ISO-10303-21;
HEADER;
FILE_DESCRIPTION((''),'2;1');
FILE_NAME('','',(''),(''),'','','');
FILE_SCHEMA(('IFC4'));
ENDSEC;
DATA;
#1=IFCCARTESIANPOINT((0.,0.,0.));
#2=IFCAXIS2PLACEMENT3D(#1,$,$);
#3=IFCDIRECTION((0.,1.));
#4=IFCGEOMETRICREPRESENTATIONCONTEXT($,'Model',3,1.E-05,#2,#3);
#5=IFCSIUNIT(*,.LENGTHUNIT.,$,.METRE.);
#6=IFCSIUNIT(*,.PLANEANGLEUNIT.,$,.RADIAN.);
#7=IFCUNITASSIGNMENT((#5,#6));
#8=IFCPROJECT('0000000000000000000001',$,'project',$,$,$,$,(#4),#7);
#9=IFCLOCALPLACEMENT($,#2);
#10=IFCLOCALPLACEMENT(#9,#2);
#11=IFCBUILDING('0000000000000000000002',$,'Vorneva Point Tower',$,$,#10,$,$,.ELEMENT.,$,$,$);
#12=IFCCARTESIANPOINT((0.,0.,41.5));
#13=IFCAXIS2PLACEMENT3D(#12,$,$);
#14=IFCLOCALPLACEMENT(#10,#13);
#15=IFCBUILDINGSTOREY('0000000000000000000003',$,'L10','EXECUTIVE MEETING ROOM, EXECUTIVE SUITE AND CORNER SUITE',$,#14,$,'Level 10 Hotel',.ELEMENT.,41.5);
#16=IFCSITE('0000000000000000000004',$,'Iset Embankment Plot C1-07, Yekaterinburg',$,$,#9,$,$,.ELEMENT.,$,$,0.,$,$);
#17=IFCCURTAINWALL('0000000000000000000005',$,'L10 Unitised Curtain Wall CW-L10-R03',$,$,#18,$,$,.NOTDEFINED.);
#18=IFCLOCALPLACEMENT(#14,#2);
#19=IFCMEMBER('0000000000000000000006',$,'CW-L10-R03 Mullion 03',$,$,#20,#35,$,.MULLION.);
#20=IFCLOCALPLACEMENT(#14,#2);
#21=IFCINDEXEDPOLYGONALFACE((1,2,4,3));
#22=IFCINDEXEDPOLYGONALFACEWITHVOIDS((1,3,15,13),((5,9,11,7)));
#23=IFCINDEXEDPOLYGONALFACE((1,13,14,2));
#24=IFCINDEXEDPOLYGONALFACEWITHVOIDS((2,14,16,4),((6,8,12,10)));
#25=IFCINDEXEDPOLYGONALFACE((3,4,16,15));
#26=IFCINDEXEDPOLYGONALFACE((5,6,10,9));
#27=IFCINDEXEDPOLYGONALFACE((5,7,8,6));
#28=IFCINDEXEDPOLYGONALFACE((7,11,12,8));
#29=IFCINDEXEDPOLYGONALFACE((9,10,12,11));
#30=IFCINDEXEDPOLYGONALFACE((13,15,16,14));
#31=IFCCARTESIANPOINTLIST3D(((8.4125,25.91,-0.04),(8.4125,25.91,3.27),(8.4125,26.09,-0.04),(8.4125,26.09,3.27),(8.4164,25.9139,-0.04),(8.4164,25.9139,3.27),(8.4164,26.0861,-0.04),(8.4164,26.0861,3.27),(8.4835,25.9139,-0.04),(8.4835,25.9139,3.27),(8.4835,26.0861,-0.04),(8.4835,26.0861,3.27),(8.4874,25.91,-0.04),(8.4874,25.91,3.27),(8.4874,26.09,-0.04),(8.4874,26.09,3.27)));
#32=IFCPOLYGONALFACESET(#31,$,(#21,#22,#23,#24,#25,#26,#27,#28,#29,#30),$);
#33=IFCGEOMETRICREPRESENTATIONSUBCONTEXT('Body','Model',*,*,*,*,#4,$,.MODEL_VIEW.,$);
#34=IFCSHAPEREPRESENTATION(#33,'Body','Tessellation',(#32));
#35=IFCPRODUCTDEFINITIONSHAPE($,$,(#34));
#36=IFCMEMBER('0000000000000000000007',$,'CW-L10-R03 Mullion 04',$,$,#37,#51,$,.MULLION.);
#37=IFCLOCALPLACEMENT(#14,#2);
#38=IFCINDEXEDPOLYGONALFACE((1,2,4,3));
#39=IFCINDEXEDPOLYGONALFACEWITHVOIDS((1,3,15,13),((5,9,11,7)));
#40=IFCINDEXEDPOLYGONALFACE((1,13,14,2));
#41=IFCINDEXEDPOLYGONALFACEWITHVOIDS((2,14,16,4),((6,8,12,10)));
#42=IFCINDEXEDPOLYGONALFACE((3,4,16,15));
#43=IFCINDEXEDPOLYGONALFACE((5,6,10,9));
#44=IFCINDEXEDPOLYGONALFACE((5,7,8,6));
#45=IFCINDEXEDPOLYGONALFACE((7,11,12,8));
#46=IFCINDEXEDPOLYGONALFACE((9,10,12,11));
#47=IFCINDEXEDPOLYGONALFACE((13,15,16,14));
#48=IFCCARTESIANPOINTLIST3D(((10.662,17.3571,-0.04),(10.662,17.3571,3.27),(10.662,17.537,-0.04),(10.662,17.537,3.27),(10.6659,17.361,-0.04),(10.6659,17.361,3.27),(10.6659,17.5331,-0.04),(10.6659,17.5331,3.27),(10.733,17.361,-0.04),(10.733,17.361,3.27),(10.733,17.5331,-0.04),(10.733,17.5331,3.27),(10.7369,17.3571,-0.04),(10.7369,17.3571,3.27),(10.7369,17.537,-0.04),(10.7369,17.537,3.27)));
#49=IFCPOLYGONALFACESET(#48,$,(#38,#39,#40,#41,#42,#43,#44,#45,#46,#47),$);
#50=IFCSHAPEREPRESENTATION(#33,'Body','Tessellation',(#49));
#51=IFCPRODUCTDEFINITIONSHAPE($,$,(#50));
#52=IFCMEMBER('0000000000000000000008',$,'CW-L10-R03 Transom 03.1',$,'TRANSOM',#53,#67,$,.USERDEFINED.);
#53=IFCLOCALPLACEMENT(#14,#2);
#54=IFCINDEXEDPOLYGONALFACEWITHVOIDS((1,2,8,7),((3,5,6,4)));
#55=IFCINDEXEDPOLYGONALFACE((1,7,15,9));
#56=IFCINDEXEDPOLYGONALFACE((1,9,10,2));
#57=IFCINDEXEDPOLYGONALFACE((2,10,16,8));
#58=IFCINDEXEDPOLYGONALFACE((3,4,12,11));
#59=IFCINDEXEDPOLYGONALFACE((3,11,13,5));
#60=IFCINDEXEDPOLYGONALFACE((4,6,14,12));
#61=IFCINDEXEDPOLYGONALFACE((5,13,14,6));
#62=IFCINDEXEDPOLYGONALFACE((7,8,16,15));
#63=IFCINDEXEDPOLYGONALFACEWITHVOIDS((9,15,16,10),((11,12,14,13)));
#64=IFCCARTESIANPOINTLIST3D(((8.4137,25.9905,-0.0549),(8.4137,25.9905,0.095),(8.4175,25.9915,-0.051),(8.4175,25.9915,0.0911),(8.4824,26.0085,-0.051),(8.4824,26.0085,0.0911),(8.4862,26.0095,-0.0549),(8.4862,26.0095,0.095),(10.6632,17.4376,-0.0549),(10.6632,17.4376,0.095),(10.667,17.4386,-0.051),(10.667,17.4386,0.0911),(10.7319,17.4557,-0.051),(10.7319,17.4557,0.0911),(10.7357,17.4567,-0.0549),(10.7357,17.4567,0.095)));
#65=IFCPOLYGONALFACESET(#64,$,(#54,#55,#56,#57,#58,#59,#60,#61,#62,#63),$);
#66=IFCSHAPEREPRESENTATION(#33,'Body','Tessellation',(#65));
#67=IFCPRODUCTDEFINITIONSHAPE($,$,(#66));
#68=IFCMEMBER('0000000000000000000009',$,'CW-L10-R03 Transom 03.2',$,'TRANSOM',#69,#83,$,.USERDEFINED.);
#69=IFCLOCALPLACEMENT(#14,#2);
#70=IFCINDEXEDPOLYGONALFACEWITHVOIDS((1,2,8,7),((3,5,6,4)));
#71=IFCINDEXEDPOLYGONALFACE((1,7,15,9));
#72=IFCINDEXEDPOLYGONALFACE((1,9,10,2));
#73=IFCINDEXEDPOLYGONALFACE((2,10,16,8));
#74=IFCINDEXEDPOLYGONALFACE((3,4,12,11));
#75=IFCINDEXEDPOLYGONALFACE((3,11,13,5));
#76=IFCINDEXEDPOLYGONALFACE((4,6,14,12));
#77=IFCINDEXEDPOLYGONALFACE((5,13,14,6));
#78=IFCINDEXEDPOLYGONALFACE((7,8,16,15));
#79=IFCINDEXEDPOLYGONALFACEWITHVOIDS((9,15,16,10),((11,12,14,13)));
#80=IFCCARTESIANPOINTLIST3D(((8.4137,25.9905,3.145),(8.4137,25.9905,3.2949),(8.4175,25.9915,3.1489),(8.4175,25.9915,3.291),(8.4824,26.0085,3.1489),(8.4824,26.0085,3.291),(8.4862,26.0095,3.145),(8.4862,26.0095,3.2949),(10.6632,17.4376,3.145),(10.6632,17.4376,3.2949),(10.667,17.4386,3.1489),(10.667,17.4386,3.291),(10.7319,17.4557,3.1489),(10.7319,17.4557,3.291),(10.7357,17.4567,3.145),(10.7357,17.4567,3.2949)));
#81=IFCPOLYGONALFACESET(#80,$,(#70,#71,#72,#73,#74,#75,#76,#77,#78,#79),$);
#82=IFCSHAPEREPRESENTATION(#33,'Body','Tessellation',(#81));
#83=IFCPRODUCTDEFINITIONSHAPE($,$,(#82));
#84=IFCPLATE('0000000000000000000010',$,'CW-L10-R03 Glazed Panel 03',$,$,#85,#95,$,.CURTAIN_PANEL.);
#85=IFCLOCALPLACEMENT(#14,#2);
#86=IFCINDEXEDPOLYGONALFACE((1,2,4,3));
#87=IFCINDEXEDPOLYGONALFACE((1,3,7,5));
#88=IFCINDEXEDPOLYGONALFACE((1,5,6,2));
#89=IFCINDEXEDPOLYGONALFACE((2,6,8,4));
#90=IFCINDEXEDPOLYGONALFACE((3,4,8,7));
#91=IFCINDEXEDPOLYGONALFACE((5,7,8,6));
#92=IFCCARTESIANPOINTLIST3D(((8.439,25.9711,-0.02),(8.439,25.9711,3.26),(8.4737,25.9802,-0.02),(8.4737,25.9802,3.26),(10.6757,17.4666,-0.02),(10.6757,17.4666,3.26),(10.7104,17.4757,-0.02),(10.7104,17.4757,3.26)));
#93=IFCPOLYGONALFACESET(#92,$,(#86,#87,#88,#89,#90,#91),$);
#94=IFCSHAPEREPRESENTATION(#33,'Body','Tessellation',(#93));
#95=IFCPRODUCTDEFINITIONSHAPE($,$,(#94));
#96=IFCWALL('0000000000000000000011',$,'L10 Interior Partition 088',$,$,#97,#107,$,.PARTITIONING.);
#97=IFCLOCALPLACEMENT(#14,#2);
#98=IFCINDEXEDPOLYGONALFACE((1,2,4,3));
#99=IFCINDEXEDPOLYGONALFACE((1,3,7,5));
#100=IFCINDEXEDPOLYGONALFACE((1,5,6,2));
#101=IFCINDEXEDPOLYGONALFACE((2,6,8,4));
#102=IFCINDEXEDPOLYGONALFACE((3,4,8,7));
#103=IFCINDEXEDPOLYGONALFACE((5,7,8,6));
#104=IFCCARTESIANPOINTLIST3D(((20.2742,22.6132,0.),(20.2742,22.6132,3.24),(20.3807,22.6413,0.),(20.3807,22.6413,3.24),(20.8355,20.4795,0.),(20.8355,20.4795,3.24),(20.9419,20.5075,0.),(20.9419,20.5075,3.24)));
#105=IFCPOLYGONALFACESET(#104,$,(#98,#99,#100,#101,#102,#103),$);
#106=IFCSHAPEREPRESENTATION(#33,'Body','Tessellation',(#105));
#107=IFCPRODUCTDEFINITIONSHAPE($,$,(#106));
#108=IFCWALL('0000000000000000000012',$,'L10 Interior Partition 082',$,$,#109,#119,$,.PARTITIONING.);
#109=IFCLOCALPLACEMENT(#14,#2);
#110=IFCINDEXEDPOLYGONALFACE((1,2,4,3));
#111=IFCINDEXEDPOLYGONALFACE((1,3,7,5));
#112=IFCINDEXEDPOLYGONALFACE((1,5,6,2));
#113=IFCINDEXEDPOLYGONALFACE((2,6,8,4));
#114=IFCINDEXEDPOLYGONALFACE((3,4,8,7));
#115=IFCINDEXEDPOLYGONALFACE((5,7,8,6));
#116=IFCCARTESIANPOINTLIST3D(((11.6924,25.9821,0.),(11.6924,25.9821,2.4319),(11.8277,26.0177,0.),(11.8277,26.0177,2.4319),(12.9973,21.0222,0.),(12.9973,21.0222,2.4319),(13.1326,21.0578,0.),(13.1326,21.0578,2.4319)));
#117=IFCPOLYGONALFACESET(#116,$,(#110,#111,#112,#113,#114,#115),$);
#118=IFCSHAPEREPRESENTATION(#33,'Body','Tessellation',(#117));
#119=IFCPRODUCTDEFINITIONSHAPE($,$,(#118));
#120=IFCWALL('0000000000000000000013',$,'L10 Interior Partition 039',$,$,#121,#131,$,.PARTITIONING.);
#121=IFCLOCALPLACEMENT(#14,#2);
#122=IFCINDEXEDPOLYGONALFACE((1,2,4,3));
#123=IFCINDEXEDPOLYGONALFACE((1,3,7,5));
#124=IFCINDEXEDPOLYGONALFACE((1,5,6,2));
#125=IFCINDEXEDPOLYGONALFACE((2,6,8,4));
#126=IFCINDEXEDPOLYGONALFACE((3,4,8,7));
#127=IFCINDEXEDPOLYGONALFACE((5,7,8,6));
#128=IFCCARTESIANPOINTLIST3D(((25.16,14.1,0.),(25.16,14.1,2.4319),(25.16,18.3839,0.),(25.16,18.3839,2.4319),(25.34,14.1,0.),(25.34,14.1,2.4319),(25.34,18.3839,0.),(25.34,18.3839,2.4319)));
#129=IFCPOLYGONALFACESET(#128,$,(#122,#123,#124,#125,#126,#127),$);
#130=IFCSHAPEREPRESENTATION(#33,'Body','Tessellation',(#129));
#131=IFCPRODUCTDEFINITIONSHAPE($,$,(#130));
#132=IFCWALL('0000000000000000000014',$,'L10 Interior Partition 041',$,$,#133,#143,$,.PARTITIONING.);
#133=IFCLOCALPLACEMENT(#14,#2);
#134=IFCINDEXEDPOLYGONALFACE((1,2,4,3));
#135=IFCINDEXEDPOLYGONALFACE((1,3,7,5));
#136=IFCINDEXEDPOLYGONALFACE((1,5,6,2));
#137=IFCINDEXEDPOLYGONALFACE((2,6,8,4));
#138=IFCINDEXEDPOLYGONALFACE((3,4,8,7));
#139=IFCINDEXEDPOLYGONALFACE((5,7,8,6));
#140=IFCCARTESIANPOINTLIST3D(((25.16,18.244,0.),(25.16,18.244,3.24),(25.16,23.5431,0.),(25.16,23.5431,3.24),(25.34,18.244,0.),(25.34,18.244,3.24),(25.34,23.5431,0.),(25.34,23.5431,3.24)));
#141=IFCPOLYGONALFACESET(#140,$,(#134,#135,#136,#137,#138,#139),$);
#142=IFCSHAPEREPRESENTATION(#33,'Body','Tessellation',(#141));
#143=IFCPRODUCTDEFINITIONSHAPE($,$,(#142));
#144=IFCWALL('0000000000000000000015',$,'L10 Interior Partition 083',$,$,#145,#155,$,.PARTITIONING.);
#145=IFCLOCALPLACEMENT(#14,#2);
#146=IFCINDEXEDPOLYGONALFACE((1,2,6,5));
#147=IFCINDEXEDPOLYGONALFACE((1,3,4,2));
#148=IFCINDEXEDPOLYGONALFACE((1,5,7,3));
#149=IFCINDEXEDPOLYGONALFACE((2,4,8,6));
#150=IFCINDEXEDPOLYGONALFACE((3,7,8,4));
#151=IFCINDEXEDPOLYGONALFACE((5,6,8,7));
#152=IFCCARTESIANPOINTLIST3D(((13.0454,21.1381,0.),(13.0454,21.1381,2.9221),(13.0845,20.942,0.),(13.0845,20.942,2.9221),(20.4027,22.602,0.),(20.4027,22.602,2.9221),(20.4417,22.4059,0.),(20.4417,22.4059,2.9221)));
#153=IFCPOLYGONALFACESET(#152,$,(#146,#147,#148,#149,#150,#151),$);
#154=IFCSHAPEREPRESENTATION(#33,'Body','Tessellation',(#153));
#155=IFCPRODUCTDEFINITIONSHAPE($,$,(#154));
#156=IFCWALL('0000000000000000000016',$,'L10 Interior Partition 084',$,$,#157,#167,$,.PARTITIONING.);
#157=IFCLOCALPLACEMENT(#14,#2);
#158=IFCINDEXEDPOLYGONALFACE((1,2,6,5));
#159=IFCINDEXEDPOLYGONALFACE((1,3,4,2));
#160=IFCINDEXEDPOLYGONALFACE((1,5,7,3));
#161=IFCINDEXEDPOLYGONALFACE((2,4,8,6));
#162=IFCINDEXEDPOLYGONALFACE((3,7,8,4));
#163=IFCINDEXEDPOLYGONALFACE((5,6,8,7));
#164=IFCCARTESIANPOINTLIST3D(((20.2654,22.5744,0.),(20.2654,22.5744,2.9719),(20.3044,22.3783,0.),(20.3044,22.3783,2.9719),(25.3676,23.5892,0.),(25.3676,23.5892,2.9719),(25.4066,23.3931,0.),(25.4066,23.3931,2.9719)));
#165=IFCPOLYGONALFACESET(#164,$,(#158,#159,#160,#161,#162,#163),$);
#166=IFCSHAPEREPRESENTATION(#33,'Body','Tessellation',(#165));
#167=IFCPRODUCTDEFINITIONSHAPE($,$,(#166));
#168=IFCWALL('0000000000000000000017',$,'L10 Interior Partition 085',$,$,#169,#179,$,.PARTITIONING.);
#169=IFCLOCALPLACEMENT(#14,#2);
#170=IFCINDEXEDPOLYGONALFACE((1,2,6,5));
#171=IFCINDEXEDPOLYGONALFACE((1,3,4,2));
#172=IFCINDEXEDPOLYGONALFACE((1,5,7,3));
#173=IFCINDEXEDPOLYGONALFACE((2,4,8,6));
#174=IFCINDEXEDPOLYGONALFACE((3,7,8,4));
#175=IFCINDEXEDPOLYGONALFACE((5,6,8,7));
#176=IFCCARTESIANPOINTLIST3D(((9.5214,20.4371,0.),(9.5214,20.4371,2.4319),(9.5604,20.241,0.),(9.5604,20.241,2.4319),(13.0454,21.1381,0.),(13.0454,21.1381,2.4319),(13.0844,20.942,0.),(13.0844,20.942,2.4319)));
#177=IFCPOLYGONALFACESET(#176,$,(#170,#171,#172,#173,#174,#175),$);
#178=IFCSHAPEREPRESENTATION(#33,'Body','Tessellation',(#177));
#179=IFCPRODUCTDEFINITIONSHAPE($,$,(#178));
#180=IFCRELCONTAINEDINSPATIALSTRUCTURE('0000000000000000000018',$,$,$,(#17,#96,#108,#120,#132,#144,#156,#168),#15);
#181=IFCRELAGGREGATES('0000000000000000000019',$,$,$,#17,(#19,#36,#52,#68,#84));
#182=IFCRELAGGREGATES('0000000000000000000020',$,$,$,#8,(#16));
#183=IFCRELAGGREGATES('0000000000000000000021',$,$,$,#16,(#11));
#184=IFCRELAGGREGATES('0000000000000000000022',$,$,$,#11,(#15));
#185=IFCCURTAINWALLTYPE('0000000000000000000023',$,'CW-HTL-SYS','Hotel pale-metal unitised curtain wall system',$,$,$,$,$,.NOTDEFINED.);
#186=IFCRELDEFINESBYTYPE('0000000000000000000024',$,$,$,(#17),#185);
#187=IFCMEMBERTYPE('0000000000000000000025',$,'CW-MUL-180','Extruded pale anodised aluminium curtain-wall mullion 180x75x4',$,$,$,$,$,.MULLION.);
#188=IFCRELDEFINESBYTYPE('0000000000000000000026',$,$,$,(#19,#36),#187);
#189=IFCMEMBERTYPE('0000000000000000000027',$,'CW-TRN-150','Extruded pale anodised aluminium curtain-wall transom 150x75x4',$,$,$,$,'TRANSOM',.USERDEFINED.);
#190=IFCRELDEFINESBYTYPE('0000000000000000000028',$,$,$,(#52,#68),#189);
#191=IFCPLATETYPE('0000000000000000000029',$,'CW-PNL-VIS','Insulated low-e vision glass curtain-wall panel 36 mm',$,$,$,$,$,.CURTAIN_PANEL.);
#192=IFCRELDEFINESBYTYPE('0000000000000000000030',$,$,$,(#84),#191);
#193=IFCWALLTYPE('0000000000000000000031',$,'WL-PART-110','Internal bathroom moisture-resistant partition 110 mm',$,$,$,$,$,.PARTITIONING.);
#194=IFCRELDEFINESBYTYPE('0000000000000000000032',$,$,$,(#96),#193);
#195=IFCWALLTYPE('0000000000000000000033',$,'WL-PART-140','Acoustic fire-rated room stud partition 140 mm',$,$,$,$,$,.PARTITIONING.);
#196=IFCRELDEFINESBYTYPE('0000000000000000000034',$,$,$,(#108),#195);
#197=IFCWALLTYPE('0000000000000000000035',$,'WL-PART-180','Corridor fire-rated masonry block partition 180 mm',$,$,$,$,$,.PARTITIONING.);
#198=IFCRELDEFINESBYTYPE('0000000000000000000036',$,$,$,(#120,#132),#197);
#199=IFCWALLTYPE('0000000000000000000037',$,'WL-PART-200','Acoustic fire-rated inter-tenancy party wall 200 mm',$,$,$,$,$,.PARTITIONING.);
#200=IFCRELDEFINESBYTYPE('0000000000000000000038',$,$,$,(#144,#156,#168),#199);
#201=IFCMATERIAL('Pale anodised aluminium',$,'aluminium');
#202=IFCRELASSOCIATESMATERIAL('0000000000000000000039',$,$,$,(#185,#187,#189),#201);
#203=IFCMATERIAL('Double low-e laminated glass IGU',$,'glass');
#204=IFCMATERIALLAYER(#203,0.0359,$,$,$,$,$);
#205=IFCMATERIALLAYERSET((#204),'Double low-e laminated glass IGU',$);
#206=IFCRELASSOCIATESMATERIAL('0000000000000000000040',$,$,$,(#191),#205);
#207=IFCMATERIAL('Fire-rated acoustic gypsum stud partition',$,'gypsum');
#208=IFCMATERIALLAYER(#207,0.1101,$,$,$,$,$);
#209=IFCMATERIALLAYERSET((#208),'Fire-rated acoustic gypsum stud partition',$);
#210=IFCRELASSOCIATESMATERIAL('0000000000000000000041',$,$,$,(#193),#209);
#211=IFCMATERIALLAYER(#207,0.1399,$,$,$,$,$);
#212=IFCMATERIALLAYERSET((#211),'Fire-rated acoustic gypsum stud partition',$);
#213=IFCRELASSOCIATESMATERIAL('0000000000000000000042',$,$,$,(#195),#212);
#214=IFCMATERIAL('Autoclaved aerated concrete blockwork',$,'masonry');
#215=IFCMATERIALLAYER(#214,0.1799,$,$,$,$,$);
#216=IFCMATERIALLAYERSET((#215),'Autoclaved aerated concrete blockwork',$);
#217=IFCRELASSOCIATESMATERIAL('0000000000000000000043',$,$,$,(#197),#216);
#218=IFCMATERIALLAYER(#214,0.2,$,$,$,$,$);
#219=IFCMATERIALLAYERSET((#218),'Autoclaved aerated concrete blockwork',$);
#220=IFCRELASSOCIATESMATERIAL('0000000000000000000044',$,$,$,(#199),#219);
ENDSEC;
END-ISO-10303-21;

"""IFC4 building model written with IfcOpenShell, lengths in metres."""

from ifc_helpers import new_model, si_unit, direction, frame, frame_2d, origin, origin_2d, place, context, subcontext, project, spatial, rectangle, hollow_rectangle, extrude, material, layer, layer_set, material_profile, profile_set, type_object, element, aggregate, save


model = new_model("IFC4")

# Units and contexts
model_context = context("Model", 3, precision=1e-05, world=origin(), true_north=direction((0.0, 1.0)))
body_context = subcontext(model_context, "Body", "Model", "MODEL_VIEW")
ifc_project = project(units=[si_unit("LENGTHUNIT", "METRE"), si_unit("PLANEANGLEUNIT", "RADIAN")], contexts=[model_context])

# Site, building, storey
site_placement = place(None, origin())
site = spatial("IfcSite", under=ifc_project, at=site_placement, Name="Iset Embankment Plot C1-07, Yekaterinburg", CompositionType="ELEMENT", RefElevation=0.0)
building_placement = place(site_placement, origin())
building = spatial("IfcBuilding", under=site, at=building_placement, Name="Vorneva Point Tower", CompositionType="ELEMENT")
storey_placement = place(building_placement, frame((0.0, 0.0, 41.5)))
storey = spatial("IfcBuildingStorey", under=building, at=storey_placement, Name="L10", Description="EXECUTIVE MEETING ROOM, EXECUTIVE SUITE AND CORNER SUITE", LongName="Level 10 Hotel", CompositionType="ELEMENT", Elevation=41.5)

# Curtain wall, members, plate
ifc_material_1 = material(Name="Pale anodised aluminium", Category="aluminium")
curtain_wall_type = type_object("IfcCurtainWallType", Name="CW-HTL-SYS", Description="Hotel pale-metal unitised curtain wall system", PredefinedType="NOTDEFINED", material=ifc_material_1)
curtain_wall_placement = place(storey_placement, origin())
curtain_wall = element("IfcCurtainWall", 1, at=curtain_wall_placement, inside=storey, type_object=curtain_wall_type, Name="L10 Unitised Curtain Wall CW-L10-R03", PredefinedType="NOTDEFINED")
ifc_material_profile_1 = material_profile(ifc_material_1, hollow_rectangle(XDim=0.075, YDim=0.1799, WallThickness=0.0039, at=origin_2d()), Name="AL-MUL 180x75x4")
ifc_profile_set_1 = profile_set([ifc_material_profile_1], Name="Pale anodised aluminium")
member_type_1 = type_object("IfcMemberType", Name="CW-MUL-180", Description="Extruded pale anodised aluminium curtain-wall mullion 180x75x4", PredefinedType="MULLION", material=ifc_profile_set_1)
member_1_placement = place(storey_placement, frame((8.45, 26.0, -0.04), z_axis=(0.0, 0.0, 1.0), x_axis=(1.0, 0.0, 0.0)))
member_1 = element("IfcMember", 2, at=member_1_placement, type_object=member_type_1, Name="CW-L10-R03 Mullion 03", PredefinedType="MULLION", context=body_context, shape_type="SweptSolid", body=[
    extrude(hollow_rectangle(XDim=0.075, YDim=0.1799, WallThickness=0.0039, at=origin_2d()), origin(), (0.0, 0.0, 1.0), 3.3101),
])
member_2_placement = place(storey_placement, frame((10.6995, 17.447, -0.04), z_axis=(0.0, 0.0, 1.0), x_axis=(1.0, 0.0, 0.0)))
member_2 = element("IfcMember", 3, at=member_2_placement, type_object=member_type_1, Name="CW-L10-R03 Mullion 04", PredefinedType="MULLION", context=body_context, shape_type="SweptSolid", body=[
    extrude(hollow_rectangle(XDim=0.075, YDim=0.1799, WallThickness=0.0039, at=origin_2d()), origin(), (0.0, 0.0, 1.0), 3.3101),
])
ifc_material_profile_2 = material_profile(ifc_material_1, hollow_rectangle(XDim=0.075, YDim=0.1499, WallThickness=0.0039, at=origin_2d()), Name="AL-TRN 150x75x4")
ifc_profile_set_2 = profile_set([ifc_material_profile_2], Name="Pale anodised aluminium")
member_type_2 = type_object("IfcMemberType", Name="CW-TRN-150", Description="Extruded pale anodised aluminium curtain-wall transom 150x75x4", ElementType="TRANSOM", PredefinedType="USERDEFINED", material=ifc_profile_set_2)
member_3_placement = place(storey_placement, frame((8.45, 26.0, 0.02), z_axis=(0.254359, -0.96711, 0.0), x_axis=(0.96711, 0.254359, 0.0)))
member_3 = element("IfcMember", 4, at=member_3_placement, type_object=member_type_2, Name="CW-L10-R03 Transom 03.1", ObjectType="TRANSOM", PredefinedType="USERDEFINED", context=body_context, shape_type="SweptSolid", body=[
    extrude(hollow_rectangle(XDim=0.075, YDim=0.1499, WallThickness=0.0039, at=origin_2d()), origin(), (0.0, 0.0, 1.0), 8.8438),
])
member_4_placement = place(storey_placement, frame((8.45, 26.0, 3.22), z_axis=(0.254359, -0.96711, 0.0), x_axis=(0.96711, 0.254359, 0.0)))
member_4 = element("IfcMember", 5, at=member_4_placement, type_object=member_type_2, Name="CW-L10-R03 Transom 03.2", ObjectType="TRANSOM", PredefinedType="USERDEFINED", context=body_context, shape_type="SweptSolid", body=[
    extrude(hollow_rectangle(XDim=0.075, YDim=0.1499, WallThickness=0.0039, at=origin_2d()), origin(), (0.0, 0.0, 1.0), 8.8438),
])
ifc_material_2 = material(Name="Double low-e laminated glass IGU", Category="glass")
ifc_layer_1 = layer(ifc_material_2, 0.0359)
ifc_layer_set_1 = layer_set([ifc_layer_1], Name="Double low-e laminated glass IGU")
plate_type = type_object("IfcPlateType", Name="CW-PNL-VIS", Description="Insulated low-e vision glass curtain-wall panel 36 mm", PredefinedType="CURTAIN_PANEL", material=ifc_layer_set_1)
plate_placement = place(storey_placement, frame((9.5747, 21.7234, -0.02), z_axis=(0.0, 0.0, 1.0), x_axis=(0.254349, -0.967113, 0.0)))
plate = element("IfcPlate", 6, at=plate_placement, type_object=plate_type, Name="CW-L10-R03 Glazed Panel 03", PredefinedType="CURTAIN_PANEL", context=body_context, shape_type="SweptSolid", body=[
    extrude(rectangle(XDim=8.7937, YDim=0.0359, at=origin_2d()), origin(), (0.0, 0.0, 1.0), 3.28),
])
aggregate(curtain_wall, [member_1, member_2, member_3, member_4, plate])

# Walls
ifc_material_3 = material(Name="Fire-rated acoustic gypsum stud partition", Category="gypsum")
ifc_layer_2 = layer(ifc_material_3, 0.1101)
ifc_layer_set_2 = layer_set([ifc_layer_2], Name="Fire-rated acoustic gypsum stud partition")
wall_type_1 = type_object("IfcWallType", Name="WL-PART-110", Description="Internal bathroom moisture-resistant partition 110 mm", PredefinedType="PARTITIONING", material=ifc_layer_set_2)
wall_1_placement = place(storey_placement, frame((20.8887, 20.4937, 0.0), z_axis=(0.0, 0.0, 1.0), x_axis=(-0.25439, 0.967102, 0.0)))
element("IfcWall", 7, at=wall_1_placement, inside=storey, type_object=wall_type_1, Name="L10 Interior Partition 088", PredefinedType="PARTITIONING", context=body_context, shape_type="SweptSolid", body=[
    extrude(rectangle(XDim=2.2063, YDim=0.1101, at=frame_2d((1.103, 0.0))), origin(), (0.0, 0.0, 1.0), 3.24),
])
ifc_layer_3 = layer(ifc_material_3, 0.1399)
ifc_layer_set_3 = layer_set([ifc_layer_3], Name="Fire-rated acoustic gypsum stud partition")
wall_type_2 = type_object("IfcWallType", Name="WL-PART-140", Description="Acoustic fire-rated room stud partition 140 mm", PredefinedType="PARTITIONING", material=ifc_layer_set_3)
wall_2_placement = place(storey_placement, frame((11.76, 26.0, 0.0), z_axis=(0.0, 0.0, 1.0), x_axis=(0.254435, -0.96709, 0.0)))
element("IfcWall", 8, at=wall_2_placement, inside=storey, type_object=wall_type_2, Name="L10 Interior Partition 082", PredefinedType="PARTITIONING", context=body_context, shape_type="SweptSolid", body=[
    extrude(rectangle(XDim=5.1287, YDim=0.1399, at=frame_2d((2.5645, 0.0))), origin(), (0.0, 0.0, 1.0), 2.4319),
])
ifc_material_4 = material(Name="Autoclaved aerated concrete blockwork", Category="masonry")
ifc_layer_4 = layer(ifc_material_4, 0.1799)
ifc_layer_set_4 = layer_set([ifc_layer_4], Name="Autoclaved aerated concrete blockwork")
wall_type_3 = type_object("IfcWallType", Name="WL-PART-180", Description="Corridor fire-rated masonry block partition 180 mm", PredefinedType="PARTITIONING", material=ifc_layer_set_4)
wall_3_placement = place(storey_placement, frame((25.25, 18.384, 0.0), z_axis=(0.0, 0.0, 1.0), x_axis=(0.0, -1.0, 0.0)))
element("IfcWall", 9, at=wall_3_placement, inside=storey, type_object=wall_type_3, Name="L10 Interior Partition 039", PredefinedType="PARTITIONING", context=body_context, shape_type="SweptSolid", body=[
    extrude(rectangle(XDim=4.2839, YDim=0.1799, at=frame_2d((2.1421, 0.0))), origin(), (0.0, 0.0, 1.0), 2.4319),
])
wall_4_placement = place(storey_placement, frame((25.25, 23.543, 0.0), z_axis=(0.0, 0.0, 1.0), x_axis=(0.0, -1.0, 0.0)))
element("IfcWall", 10, at=wall_4_placement, inside=storey, type_object=wall_type_3, Name="L10 Interior Partition 041", PredefinedType="PARTITIONING", context=body_context, shape_type="SweptSolid", body=[
    extrude(rectangle(XDim=5.2991, YDim=0.1799, at=frame_2d((2.6494, 0.0))), origin(), (0.0, 0.0, 1.0), 3.24),
])
ifc_layer_5 = layer(ifc_material_4, 0.2)
ifc_layer_set_5 = layer_set([ifc_layer_5], Name="Autoclaved aerated concrete blockwork")
wall_type_4 = type_object("IfcWallType", Name="WL-PART-200", Description="Acoustic fire-rated inter-tenancy party wall 200 mm", PredefinedType="PARTITIONING", material=ifc_layer_set_5)
wall_5_placement = place(storey_placement, frame((13.0649, 21.04, 0.0), z_axis=(0.0, 0.0, 1.0), x_axis=(0.980774, 0.195146, 0.0)))
element("IfcWall", 11, at=wall_5_placement, inside=storey, type_object=wall_type_4, Name="L10 Interior Partition 083", PredefinedType="PARTITIONING", context=body_context, shape_type="SweptSolid", body=[
    extrude(rectangle(XDim=7.5015, YDim=0.2, at=frame_2d((3.7507, 0.0))), origin(), (0.0, 0.0, 1.0), 2.9221),
])
wall_6_placement = place(storey_placement, frame((20.2849, 22.4763, 0.0), z_axis=(0.0, 0.0, 1.0), x_axis=(0.980786, 0.195087, 0.0)))
element("IfcWall", 12, at=wall_6_placement, inside=storey, type_object=wall_type_4, Name="L10 Interior Partition 084", PredefinedType="PARTITIONING", context=body_context, shape_type="SweptSolid", body=[
    extrude(rectangle(XDim=5.2021, YDim=0.2, at=frame_2d((2.6011, 0.0))), origin(), (0.0, 0.0, 1.0), 2.9719),
])
wall_7_placement = place(storey_placement, frame((9.541, 20.3391, 0.0), z_axis=(0.0, 0.0, 1.0), x_axis=(0.980787, 0.195084, 0.0)))
element("IfcWall", 13, at=wall_7_placement, inside=storey, type_object=wall_type_4, Name="L10 Interior Partition 085", PredefinedType="PARTITIONING", context=body_context, shape_type="SweptSolid", body=[
    extrude(rectangle(XDim=3.593, YDim=0.2, at=frame_2d((1.7964, 0.0))), origin(), (0.0, 0.0, 1.0), 2.4319),
])

save(model, "model.ifc")
